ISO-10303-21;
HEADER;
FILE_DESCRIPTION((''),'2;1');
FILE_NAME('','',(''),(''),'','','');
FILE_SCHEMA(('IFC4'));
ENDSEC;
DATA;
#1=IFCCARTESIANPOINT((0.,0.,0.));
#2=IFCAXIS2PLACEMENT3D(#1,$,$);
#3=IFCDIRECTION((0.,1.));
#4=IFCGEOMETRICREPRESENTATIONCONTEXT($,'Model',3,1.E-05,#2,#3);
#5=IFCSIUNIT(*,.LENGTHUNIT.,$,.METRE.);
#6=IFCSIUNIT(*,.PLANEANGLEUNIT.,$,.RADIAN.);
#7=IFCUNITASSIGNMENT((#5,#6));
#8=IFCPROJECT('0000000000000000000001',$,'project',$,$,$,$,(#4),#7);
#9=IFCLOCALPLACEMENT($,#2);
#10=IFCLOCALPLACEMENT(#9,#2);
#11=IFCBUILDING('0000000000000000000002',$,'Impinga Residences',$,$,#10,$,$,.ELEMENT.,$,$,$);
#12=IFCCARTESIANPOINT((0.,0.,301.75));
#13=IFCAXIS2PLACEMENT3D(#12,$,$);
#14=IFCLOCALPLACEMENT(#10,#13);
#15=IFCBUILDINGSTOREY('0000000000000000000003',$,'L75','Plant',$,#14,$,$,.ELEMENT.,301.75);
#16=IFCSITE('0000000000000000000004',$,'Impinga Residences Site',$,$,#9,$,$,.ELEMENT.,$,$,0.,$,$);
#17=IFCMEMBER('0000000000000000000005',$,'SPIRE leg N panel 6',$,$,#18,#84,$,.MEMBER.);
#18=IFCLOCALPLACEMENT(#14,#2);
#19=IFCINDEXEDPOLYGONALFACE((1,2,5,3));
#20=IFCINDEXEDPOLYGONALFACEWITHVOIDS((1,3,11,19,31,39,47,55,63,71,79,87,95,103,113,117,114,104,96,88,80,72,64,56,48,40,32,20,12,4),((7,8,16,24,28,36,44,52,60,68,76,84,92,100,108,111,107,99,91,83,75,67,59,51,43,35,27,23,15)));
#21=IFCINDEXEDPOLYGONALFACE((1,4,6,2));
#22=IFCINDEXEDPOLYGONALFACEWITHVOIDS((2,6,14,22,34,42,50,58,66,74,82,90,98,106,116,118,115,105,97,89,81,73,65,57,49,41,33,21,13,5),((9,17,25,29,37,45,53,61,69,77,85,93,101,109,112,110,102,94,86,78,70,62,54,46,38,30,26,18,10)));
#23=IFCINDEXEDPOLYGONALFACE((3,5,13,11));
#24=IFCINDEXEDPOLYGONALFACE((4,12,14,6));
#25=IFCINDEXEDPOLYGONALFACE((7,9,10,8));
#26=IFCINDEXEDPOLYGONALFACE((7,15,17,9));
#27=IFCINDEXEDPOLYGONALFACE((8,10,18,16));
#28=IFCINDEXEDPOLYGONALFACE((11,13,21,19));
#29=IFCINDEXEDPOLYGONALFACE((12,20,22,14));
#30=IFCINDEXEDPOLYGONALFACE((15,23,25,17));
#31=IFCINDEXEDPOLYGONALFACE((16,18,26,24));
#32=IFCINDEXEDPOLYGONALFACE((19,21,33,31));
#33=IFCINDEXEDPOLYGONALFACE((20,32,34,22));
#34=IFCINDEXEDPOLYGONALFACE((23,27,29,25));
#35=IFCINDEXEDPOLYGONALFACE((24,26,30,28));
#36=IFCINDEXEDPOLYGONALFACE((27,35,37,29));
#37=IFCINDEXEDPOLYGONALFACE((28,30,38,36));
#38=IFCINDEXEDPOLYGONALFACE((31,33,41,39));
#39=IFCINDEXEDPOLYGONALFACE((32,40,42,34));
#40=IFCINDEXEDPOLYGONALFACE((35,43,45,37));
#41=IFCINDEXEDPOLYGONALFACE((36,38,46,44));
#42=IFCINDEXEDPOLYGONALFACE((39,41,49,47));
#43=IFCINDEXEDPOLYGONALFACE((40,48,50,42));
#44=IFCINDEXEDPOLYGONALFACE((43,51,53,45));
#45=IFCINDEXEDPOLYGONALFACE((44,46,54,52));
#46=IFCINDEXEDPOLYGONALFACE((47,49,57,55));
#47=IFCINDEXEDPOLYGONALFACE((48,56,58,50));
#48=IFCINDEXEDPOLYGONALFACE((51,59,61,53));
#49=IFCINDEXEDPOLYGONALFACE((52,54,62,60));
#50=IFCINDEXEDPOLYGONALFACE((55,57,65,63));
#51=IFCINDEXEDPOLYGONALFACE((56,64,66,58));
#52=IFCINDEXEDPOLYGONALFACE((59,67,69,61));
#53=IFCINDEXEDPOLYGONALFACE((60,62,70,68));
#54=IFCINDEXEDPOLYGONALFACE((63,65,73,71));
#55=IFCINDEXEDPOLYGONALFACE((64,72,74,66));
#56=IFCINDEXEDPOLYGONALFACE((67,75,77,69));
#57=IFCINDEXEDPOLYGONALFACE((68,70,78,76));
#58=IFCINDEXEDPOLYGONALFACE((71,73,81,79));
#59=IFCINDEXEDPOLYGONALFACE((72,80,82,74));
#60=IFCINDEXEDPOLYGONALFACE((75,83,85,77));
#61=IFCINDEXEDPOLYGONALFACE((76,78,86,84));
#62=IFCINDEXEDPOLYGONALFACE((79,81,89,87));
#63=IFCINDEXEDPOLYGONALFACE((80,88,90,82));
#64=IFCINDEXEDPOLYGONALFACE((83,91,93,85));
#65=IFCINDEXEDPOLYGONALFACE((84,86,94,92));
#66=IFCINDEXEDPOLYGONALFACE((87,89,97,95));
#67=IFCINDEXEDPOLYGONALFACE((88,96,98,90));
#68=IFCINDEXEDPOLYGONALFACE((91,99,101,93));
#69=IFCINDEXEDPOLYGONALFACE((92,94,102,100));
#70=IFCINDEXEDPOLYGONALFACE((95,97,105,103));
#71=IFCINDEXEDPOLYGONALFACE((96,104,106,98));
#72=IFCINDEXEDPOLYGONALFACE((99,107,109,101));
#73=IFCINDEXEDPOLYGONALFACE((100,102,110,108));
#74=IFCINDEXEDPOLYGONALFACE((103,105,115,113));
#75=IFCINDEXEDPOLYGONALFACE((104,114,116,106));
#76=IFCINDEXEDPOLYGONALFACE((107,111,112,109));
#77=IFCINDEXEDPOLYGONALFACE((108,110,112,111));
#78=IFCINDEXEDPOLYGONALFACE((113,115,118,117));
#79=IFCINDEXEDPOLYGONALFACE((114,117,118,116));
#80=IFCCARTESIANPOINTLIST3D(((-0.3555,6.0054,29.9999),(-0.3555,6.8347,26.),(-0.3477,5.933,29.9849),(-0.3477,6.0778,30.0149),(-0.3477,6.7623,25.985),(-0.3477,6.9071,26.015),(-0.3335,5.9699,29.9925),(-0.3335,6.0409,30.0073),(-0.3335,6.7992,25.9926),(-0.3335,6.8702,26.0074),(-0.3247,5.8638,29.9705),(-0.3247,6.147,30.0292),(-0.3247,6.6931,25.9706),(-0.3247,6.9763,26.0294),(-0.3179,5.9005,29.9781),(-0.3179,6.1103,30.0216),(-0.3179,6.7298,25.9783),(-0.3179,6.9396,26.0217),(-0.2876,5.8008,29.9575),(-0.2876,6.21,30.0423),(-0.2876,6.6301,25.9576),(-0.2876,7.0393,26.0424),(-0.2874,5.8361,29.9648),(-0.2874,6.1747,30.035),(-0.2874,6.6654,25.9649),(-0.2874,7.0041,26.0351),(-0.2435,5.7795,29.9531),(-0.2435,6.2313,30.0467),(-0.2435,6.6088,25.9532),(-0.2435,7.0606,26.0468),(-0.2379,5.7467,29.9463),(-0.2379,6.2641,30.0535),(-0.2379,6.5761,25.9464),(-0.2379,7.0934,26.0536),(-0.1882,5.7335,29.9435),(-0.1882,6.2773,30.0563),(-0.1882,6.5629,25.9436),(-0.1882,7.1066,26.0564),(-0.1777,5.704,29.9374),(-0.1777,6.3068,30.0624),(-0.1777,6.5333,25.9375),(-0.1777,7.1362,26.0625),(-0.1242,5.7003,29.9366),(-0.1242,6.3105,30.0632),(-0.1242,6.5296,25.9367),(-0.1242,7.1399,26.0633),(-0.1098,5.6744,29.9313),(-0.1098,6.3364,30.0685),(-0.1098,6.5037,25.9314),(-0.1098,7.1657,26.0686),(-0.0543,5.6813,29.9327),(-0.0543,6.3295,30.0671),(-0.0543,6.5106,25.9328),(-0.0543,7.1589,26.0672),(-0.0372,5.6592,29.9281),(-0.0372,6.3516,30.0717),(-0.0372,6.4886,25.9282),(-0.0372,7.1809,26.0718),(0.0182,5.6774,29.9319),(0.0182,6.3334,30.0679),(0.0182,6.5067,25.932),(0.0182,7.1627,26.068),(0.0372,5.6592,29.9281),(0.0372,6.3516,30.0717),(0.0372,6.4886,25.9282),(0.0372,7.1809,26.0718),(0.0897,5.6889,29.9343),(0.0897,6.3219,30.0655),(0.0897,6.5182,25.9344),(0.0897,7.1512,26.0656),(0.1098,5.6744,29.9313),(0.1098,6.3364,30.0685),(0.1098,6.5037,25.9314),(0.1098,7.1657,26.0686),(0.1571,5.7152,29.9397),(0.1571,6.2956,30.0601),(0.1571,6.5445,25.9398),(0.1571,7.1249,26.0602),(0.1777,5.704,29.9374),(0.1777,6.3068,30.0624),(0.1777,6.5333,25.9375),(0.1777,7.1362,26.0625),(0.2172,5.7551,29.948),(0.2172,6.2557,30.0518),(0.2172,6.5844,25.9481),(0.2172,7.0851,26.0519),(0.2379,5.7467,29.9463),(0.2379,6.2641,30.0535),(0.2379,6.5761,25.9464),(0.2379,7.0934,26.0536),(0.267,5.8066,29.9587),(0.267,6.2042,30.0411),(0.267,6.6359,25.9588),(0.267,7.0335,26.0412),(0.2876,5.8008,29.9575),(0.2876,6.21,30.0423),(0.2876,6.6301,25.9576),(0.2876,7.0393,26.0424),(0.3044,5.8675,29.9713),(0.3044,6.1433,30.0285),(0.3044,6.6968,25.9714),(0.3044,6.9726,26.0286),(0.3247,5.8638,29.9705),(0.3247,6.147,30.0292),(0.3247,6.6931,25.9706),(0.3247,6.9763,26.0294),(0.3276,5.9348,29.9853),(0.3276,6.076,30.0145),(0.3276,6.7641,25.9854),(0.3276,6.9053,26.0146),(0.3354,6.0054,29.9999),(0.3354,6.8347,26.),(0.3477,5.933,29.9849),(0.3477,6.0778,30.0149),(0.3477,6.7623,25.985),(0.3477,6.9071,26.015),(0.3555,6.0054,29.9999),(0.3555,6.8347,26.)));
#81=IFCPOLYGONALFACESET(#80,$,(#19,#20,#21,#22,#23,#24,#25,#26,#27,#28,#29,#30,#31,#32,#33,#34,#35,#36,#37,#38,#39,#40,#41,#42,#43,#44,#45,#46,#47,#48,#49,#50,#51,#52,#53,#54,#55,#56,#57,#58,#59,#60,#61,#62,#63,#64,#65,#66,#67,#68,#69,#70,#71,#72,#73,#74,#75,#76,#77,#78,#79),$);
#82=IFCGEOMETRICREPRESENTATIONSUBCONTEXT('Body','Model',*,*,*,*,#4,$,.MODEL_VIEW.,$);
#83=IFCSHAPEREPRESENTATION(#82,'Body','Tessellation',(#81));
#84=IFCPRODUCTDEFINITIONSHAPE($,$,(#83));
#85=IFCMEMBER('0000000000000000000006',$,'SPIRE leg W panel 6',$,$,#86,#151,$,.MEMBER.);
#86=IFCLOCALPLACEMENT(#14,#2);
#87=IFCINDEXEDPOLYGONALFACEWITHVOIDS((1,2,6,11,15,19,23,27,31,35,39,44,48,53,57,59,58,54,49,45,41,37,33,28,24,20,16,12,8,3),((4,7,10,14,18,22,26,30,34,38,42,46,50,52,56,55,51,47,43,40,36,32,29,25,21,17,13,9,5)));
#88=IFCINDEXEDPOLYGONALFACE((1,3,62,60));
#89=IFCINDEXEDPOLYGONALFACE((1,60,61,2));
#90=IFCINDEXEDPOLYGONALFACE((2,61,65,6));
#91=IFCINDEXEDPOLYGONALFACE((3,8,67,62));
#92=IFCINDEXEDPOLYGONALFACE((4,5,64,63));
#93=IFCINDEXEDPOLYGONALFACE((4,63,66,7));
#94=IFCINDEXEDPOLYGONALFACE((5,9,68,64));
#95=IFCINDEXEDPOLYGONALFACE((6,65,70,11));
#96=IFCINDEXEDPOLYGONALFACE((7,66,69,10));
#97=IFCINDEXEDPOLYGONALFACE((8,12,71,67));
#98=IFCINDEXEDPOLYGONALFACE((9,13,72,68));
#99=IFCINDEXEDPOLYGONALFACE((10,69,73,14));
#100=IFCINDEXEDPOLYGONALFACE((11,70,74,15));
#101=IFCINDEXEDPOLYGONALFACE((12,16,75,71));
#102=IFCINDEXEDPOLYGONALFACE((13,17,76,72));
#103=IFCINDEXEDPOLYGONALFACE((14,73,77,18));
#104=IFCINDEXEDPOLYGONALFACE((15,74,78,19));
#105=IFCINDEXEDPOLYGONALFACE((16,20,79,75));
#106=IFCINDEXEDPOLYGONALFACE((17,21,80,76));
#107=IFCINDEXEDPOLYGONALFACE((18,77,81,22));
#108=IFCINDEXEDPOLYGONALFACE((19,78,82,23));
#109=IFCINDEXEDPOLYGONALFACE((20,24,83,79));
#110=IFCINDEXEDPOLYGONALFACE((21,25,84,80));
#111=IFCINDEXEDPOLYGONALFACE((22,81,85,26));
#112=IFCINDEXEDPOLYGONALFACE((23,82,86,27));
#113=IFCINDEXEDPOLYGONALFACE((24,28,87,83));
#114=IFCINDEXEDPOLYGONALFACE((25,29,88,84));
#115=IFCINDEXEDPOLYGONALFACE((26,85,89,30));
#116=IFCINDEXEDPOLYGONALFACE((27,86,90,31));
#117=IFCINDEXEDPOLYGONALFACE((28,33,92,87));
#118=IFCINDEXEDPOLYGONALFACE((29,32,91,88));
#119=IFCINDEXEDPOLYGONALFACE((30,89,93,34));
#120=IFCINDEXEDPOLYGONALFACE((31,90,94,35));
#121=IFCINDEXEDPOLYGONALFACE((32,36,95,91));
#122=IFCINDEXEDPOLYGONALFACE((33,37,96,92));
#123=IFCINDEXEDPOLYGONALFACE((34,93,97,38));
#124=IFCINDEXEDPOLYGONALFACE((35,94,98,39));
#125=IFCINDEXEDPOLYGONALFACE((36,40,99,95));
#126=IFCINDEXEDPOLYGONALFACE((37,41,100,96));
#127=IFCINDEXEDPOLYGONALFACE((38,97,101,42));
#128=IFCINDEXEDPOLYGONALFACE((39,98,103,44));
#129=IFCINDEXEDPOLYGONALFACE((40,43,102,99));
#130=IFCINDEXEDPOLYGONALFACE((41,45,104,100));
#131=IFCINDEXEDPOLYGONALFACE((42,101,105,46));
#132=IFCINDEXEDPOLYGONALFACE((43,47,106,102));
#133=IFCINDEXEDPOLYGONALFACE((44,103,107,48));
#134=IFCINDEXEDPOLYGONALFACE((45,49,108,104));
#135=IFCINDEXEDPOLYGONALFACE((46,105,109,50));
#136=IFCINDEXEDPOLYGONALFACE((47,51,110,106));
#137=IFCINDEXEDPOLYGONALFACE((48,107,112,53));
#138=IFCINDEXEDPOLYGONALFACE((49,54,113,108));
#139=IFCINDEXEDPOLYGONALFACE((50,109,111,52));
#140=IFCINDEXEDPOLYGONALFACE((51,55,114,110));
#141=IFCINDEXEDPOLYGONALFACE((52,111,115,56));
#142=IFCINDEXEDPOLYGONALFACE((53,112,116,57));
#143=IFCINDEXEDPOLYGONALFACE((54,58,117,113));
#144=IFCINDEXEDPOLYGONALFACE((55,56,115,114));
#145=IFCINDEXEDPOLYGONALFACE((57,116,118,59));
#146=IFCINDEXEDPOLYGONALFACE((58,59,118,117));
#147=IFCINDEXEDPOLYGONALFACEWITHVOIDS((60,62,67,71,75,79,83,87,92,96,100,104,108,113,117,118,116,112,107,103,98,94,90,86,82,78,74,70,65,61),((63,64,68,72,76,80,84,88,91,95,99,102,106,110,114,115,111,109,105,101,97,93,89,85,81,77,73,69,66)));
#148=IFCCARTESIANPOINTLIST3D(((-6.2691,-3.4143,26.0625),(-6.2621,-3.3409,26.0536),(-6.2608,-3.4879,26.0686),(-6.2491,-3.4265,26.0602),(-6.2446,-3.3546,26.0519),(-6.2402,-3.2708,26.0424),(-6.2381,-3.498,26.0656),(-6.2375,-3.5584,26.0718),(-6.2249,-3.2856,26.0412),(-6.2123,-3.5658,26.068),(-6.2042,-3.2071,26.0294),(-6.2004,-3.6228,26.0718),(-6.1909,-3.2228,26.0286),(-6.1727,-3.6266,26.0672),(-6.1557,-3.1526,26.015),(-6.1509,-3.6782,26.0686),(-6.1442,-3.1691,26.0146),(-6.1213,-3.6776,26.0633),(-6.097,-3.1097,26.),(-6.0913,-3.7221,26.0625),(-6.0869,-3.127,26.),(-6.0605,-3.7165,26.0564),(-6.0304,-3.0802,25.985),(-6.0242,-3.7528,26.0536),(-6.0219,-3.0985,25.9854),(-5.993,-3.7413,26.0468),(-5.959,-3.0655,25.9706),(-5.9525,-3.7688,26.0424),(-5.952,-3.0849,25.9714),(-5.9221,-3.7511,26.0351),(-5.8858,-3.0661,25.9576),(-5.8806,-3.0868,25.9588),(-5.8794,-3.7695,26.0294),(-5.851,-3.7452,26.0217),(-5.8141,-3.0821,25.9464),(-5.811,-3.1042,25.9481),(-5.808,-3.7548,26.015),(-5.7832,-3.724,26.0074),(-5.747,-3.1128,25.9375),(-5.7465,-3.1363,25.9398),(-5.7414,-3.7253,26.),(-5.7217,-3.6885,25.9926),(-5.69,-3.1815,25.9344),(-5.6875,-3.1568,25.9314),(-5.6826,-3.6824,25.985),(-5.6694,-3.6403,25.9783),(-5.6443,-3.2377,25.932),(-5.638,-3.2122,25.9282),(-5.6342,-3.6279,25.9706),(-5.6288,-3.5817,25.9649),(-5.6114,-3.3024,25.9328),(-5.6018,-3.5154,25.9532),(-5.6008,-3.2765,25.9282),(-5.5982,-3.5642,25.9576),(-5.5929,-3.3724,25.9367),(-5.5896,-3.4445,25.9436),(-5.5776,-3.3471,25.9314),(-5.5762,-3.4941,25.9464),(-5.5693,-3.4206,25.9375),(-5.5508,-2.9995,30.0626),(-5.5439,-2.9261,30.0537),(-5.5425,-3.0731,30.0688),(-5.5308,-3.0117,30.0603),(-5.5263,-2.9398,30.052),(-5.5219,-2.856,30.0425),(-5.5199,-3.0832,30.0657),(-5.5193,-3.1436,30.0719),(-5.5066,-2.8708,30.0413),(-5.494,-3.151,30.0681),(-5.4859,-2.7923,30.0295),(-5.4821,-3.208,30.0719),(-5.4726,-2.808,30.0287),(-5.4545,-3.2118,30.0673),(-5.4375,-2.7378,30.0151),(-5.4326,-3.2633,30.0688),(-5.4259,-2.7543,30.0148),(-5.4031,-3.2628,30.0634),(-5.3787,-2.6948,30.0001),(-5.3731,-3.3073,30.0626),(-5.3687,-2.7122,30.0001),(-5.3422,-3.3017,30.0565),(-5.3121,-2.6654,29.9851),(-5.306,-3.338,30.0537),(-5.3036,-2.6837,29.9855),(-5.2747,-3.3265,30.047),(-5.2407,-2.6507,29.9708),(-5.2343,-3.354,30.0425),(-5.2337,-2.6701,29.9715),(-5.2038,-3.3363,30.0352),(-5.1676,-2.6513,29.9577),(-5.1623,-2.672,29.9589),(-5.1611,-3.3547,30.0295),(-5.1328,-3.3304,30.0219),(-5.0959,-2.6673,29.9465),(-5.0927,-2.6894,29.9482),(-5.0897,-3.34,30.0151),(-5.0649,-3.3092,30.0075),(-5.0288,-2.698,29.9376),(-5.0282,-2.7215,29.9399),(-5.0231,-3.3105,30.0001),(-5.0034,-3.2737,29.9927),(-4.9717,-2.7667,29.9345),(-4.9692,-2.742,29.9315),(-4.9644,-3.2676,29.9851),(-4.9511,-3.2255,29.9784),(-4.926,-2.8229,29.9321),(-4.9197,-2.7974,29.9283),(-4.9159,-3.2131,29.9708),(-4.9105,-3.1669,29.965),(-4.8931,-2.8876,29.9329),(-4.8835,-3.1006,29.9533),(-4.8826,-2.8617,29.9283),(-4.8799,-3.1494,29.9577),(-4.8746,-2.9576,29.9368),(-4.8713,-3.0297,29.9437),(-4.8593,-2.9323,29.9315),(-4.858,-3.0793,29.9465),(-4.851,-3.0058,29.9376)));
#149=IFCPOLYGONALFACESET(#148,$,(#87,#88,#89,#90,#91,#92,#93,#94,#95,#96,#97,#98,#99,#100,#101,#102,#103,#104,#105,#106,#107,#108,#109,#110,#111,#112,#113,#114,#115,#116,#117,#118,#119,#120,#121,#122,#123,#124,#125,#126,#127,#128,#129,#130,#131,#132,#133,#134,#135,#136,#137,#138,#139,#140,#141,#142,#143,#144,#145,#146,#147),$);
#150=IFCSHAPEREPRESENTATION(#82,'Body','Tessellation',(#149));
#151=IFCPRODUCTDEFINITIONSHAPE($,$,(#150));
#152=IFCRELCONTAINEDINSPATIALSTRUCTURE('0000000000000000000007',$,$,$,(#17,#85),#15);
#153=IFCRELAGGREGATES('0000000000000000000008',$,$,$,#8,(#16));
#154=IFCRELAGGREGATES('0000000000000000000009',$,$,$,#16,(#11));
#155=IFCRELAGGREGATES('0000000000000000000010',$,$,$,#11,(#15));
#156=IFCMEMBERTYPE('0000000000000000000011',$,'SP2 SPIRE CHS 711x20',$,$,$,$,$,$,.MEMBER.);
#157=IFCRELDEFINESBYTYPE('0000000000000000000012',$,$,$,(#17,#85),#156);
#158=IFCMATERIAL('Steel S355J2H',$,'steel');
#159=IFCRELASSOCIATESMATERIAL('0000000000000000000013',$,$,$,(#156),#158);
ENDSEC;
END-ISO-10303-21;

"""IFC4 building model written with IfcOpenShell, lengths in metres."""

from ifc_helpers import new_model, si_unit, direction, frame, origin, origin_2d, place, context, subcontext, project, spatial, hollow_circle, extrude, material, material_profile, profile_set, type_object, element, save


model = new_model("IFC4")

# Units and contexts
model_context = context("Model", 3, precision=1e-05, world=origin(), true_north=direction((0.0, 1.0)))
body_context = subcontext(model_context, "Body", "Model", "MODEL_VIEW")
ifc_project = project(units=[si_unit("LENGTHUNIT", "METRE"), si_unit("PLANEANGLEUNIT", "RADIAN")], contexts=[model_context])

# Site, building, storey
site_placement = place(None, origin())
site = spatial("IfcSite", under=ifc_project, at=site_placement, Name="Impinga Residences Site", CompositionType="ELEMENT", RefElevation=0.0)
building_placement = place(site_placement, origin())
building = spatial("IfcBuilding", under=site, at=building_placement, Name="Impinga Residences", CompositionType="ELEMENT")
storey_placement = place(building_placement, frame((0.0, 0.0, 301.75)))
storey = spatial("IfcBuildingStorey", under=building, at=storey_placement, Name="L75", Description="Plant", CompositionType="ELEMENT", Elevation=301.75)

# Members
ifc_material = material(Name="Steel S355J2H", Category="steel")
ifc_material_profile_1 = material_profile(ifc_material, hollow_circle(Radius=0.3555, WallThickness=0.02, at=origin_2d()), Name="CHS 711x20")
ifc_profile_set_1 = profile_set([ifc_material_profile_1], Name="Steel S355J2H")
member_type_1 = type_object("IfcMemberType", Name="SP2 SPIRE CHS 711x20", PredefinedType="MEMBER", material=ifc_profile_set_1)
member_1_placement = place(storey_placement, frame((0.0, 6.8347, 26.0), z_axis=(0.0, -0.203019, 0.979175), x_axis=(1.0, 0.0, 0.0)))
element("IfcMember", 1, at=member_1_placement, inside=storey, type_object=member_type_1, Name="SPIRE leg N panel 6", PredefinedType="MEMBER", context=body_context, shape_type="SweptSolid", body=[
    extrude(hollow_circle(Radius=0.3555, WallThickness=0.02, at=origin_2d()), origin(), (0.0, 0.0, 1.0), 4.085),
])
for number, where, z_axis, x_axis, name in (
    (2, (-5.9192, -3.4175, 26.0), (0.175825, 0.101539, 0.979171), (-0.500096, 0.86597, 0.0), "SPIRE leg W panel 6"),
):
    element("IfcMember", number, at=place(storey_placement, frame(where, z_axis=z_axis, x_axis=x_axis)), inside=storey, type_object=member_type_1, Name=name, PredefinedType="MEMBER", context=body_context, shape_type="SweptSolid", body=[
        extrude(hollow_circle(Radius=0.3555, WallThickness=0.02, at=origin_2d()), origin(), (0.0, 0.0, 1.0), 4.0852),
    ])

save(model, "model.ifc")
